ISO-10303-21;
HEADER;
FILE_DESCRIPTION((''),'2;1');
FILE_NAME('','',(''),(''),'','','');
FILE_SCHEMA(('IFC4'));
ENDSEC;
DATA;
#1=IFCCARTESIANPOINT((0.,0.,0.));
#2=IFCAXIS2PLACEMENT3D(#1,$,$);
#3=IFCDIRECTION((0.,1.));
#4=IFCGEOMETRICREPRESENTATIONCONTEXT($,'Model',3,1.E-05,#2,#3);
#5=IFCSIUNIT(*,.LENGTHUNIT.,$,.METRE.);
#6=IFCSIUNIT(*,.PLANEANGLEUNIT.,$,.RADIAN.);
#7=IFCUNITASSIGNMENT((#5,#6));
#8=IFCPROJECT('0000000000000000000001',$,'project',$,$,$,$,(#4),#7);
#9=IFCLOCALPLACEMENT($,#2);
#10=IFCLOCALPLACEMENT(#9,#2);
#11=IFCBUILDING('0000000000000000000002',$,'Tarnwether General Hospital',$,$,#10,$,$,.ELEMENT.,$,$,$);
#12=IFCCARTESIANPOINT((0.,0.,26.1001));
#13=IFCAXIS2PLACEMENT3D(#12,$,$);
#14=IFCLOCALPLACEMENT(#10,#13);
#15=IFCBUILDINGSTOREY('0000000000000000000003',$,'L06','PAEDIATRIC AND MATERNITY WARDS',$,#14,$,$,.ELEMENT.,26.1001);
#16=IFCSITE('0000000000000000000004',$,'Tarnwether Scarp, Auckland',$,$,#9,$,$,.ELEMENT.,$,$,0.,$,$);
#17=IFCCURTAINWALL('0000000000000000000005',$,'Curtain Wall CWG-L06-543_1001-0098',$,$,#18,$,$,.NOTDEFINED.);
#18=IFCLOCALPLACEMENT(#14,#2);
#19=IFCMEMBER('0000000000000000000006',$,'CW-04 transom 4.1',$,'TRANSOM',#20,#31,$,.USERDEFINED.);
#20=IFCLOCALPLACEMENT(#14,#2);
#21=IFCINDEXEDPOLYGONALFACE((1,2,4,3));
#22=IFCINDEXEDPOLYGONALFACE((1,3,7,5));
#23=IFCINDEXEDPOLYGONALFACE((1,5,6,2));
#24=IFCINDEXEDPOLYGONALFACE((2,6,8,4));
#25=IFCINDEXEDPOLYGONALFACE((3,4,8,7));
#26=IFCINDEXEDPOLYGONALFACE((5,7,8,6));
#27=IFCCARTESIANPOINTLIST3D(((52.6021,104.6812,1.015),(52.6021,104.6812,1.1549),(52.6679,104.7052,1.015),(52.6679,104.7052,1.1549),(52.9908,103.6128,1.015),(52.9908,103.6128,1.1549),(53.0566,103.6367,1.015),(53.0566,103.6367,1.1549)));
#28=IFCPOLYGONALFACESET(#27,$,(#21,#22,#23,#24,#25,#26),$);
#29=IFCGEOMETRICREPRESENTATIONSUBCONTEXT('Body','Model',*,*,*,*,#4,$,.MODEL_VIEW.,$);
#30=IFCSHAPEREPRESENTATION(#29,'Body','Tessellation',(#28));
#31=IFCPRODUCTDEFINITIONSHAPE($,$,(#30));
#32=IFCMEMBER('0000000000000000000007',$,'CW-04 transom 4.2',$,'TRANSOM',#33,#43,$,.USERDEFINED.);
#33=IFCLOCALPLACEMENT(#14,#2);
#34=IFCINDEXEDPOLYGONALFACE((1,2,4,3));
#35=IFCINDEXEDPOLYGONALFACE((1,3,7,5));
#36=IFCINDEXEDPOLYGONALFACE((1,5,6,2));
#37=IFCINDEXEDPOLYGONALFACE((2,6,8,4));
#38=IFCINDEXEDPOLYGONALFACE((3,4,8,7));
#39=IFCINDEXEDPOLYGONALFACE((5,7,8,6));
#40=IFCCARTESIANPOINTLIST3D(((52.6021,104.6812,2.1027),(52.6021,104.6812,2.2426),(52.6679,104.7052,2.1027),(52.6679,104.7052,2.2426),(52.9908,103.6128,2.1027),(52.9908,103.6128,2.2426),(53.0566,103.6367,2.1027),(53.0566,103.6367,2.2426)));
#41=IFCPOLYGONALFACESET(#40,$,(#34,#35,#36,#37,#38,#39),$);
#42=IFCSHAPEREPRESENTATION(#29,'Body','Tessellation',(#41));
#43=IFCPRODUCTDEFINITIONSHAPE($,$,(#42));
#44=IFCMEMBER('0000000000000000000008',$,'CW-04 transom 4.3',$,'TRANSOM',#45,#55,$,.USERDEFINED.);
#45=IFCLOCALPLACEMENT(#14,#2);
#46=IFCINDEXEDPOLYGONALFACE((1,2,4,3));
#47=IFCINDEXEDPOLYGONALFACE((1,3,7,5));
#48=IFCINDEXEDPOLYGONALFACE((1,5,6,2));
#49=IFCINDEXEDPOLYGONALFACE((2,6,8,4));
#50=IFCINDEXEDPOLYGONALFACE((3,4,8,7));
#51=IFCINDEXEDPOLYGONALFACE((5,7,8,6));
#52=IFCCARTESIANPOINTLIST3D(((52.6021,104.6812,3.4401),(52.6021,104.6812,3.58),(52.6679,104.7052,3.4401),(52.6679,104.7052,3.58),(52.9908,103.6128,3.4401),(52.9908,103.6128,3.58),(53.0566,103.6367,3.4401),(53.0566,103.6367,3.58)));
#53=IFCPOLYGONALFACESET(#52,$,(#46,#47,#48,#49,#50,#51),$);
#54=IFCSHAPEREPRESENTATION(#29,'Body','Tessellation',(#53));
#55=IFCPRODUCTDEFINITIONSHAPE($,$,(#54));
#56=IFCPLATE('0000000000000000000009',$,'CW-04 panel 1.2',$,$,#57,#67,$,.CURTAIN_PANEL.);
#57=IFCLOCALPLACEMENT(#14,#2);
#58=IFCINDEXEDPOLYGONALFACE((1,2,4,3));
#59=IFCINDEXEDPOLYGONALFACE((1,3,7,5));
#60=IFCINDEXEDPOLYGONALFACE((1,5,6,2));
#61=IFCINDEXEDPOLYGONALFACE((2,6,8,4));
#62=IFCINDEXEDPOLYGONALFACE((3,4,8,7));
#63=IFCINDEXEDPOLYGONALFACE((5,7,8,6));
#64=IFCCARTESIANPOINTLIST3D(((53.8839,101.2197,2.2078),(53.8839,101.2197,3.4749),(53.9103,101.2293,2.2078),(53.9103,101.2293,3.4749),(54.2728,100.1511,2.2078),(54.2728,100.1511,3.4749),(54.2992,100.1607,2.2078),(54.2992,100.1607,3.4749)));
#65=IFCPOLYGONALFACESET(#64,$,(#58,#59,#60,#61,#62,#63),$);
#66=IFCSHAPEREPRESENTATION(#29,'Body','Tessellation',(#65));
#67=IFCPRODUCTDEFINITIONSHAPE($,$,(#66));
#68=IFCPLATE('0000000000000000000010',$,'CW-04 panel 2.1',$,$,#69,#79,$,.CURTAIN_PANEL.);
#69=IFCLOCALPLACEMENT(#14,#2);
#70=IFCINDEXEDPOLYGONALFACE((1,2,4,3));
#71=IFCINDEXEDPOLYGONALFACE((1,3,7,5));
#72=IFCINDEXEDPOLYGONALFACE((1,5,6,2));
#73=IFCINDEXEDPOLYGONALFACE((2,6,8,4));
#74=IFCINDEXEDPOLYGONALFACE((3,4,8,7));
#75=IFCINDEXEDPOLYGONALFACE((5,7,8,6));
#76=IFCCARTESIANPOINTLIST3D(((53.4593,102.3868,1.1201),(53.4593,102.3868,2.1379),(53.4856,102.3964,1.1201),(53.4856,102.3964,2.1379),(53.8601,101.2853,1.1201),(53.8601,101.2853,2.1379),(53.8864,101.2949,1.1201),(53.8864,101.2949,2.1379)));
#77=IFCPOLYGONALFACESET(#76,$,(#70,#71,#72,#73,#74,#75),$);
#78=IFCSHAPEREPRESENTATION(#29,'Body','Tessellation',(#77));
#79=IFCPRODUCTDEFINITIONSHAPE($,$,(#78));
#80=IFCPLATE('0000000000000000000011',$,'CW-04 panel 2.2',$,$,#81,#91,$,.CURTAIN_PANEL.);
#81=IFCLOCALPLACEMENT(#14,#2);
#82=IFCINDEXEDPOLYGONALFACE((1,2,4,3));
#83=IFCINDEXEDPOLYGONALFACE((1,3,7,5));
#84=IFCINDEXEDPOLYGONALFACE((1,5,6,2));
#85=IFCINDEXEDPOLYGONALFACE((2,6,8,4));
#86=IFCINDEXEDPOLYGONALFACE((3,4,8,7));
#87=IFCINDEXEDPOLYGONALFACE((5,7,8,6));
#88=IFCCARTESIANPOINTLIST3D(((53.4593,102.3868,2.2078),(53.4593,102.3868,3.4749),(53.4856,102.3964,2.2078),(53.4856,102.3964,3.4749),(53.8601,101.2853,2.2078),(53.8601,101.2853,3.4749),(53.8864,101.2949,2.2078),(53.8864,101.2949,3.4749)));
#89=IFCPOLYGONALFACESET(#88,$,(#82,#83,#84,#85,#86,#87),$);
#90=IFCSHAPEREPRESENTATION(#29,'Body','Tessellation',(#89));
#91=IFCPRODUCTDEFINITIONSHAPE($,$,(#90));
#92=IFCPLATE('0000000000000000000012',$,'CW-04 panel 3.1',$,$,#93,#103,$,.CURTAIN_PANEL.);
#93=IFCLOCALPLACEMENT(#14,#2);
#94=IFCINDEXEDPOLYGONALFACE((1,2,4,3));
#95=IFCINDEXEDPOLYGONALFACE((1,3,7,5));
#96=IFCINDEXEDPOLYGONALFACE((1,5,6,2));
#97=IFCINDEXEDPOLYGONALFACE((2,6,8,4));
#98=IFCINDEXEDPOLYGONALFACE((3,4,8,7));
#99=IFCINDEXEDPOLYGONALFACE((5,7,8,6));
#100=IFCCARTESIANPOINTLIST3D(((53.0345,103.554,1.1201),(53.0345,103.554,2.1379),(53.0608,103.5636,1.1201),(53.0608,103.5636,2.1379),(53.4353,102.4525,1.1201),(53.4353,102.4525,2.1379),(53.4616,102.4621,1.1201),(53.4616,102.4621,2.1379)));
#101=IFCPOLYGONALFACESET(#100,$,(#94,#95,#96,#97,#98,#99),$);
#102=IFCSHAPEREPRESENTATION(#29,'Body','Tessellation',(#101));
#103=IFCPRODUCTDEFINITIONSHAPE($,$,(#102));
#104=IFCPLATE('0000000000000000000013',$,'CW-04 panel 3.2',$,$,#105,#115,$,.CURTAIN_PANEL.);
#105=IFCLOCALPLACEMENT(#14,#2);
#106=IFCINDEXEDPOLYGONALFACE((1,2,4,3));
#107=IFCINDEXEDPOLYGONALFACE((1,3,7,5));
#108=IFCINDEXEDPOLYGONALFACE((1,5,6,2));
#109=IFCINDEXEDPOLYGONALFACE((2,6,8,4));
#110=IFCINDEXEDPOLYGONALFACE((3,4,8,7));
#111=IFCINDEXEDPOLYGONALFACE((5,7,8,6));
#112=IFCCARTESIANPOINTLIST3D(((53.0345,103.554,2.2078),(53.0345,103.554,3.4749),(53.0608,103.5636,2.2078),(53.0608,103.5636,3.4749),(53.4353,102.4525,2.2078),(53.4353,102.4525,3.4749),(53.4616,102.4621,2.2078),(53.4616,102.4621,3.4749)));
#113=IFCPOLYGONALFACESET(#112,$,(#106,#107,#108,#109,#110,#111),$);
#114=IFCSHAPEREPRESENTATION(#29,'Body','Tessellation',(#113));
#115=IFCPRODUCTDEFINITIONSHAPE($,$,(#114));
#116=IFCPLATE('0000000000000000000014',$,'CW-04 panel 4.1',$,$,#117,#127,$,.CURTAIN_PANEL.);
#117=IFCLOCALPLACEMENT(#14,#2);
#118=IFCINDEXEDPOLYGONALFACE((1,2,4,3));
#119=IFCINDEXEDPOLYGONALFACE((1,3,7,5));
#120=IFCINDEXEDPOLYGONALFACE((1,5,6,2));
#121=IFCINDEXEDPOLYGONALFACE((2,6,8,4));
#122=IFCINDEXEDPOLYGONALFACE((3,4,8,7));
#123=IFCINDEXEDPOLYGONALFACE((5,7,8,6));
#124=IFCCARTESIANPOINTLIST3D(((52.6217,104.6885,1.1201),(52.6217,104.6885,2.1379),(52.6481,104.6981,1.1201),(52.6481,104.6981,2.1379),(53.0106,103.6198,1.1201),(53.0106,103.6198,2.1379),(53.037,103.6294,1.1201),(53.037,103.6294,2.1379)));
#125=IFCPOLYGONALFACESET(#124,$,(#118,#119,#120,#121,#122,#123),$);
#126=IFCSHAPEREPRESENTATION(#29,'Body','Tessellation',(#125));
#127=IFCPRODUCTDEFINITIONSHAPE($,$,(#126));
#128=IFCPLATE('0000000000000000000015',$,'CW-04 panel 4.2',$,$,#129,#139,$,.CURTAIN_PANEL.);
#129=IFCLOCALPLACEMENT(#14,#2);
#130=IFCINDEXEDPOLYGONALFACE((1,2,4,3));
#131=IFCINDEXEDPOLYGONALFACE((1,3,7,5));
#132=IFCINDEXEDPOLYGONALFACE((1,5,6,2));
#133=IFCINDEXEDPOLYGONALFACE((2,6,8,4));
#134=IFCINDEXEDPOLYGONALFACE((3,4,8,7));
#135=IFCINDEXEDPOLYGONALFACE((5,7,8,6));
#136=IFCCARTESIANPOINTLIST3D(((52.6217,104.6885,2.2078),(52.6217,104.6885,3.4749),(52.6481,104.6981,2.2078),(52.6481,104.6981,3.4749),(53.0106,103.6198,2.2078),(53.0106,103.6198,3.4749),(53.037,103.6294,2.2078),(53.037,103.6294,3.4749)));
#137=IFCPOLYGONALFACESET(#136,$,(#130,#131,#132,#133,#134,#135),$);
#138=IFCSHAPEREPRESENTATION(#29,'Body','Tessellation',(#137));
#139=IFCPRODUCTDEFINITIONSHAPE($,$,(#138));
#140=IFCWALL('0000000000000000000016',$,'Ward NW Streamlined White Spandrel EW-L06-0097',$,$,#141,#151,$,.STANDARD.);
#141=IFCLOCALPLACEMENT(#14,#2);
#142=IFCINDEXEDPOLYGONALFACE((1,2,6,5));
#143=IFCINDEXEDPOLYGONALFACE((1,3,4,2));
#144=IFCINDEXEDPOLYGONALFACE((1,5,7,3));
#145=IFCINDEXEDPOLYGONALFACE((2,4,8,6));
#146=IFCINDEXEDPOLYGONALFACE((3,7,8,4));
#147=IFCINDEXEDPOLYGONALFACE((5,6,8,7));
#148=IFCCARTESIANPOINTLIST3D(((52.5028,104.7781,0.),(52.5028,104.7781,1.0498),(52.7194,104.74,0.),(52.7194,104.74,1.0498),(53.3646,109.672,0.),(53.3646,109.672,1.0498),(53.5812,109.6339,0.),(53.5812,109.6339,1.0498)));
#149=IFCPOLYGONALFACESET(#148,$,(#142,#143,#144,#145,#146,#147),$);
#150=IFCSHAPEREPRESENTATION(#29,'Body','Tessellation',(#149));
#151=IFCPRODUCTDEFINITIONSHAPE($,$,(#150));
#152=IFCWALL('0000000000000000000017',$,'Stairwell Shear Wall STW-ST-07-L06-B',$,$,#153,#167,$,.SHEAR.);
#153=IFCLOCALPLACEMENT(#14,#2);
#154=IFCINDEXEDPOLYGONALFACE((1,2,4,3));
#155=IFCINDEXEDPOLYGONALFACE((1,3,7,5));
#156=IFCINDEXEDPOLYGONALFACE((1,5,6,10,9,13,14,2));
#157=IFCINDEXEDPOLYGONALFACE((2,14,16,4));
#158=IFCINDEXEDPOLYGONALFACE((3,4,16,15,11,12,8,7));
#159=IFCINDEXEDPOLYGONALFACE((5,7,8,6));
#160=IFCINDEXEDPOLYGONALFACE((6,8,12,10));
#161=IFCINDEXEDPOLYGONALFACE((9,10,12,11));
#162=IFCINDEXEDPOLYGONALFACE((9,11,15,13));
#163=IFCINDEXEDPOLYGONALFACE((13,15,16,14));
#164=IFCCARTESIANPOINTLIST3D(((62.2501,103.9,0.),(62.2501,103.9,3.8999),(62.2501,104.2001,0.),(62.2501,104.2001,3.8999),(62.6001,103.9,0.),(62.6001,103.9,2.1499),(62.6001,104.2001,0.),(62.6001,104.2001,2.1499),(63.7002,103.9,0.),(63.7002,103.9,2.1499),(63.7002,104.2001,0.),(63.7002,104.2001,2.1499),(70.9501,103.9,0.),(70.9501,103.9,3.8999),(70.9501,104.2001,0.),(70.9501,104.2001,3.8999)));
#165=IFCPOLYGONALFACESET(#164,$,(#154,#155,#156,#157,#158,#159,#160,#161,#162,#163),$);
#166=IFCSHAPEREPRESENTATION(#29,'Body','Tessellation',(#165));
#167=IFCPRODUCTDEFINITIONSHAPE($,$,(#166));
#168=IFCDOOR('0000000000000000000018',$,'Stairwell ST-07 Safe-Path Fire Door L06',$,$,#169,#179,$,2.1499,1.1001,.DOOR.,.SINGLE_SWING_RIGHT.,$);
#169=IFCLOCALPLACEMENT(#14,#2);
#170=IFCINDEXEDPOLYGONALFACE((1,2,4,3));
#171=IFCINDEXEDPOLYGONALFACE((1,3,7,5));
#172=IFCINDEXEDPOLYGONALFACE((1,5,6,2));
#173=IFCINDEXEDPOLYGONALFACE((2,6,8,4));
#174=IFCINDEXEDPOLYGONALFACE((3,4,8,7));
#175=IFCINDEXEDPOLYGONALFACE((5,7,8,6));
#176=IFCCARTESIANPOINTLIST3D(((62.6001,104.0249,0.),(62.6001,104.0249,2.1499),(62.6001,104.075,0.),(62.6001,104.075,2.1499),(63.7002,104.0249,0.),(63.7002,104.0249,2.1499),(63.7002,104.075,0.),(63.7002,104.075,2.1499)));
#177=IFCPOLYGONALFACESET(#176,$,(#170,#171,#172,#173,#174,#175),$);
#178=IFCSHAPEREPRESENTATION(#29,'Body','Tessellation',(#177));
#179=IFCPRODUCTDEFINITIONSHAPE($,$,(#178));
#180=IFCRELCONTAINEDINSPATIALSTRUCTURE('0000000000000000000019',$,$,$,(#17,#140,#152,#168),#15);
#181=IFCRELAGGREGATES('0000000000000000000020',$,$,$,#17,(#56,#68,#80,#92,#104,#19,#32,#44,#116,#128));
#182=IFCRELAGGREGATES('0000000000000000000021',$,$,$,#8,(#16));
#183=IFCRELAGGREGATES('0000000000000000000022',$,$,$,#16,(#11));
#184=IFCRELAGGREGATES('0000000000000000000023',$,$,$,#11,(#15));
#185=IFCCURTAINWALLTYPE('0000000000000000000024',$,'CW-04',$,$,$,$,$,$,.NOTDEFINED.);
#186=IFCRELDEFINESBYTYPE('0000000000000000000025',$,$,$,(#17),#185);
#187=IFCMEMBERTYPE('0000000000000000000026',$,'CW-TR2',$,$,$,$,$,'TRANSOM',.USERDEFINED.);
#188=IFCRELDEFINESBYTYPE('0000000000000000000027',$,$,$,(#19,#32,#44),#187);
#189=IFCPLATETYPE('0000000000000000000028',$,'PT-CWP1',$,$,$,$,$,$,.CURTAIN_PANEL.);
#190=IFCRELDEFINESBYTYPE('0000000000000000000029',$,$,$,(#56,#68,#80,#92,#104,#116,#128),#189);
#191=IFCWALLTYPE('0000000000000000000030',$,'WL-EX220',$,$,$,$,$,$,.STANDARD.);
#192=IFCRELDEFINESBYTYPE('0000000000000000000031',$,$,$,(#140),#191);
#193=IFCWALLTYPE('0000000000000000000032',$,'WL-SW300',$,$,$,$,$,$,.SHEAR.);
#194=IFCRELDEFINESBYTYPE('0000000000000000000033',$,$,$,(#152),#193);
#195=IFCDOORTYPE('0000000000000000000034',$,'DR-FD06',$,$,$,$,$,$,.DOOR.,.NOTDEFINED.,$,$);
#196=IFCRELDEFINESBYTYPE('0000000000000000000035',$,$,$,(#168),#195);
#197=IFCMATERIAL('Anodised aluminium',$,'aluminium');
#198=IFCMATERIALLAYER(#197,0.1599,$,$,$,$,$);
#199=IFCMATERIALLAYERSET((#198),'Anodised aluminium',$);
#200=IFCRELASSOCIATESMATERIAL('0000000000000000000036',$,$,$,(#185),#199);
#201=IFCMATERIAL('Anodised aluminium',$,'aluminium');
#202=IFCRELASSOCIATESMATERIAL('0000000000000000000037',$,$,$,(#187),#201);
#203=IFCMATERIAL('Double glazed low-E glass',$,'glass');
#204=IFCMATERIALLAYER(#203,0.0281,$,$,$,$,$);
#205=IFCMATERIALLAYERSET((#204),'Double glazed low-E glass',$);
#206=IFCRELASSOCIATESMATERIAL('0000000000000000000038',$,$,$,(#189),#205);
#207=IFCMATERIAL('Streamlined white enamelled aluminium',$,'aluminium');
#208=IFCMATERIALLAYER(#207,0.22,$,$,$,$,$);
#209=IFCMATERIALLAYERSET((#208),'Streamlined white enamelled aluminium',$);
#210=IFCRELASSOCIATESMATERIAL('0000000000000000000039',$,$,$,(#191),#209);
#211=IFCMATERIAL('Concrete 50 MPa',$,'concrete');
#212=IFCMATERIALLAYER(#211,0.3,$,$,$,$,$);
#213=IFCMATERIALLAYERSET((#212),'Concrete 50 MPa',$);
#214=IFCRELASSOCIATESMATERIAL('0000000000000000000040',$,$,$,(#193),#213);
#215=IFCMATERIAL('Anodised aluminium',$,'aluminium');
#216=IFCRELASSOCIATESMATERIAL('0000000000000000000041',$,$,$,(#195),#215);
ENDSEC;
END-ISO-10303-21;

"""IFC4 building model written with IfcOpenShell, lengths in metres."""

from ifc_helpers import new_model, si_unit, direction, frame, frame_2d, origin, origin_2d, place, context, subcontext, project, spatial, rectangle, extrude, material, layer, layer_set, material_profile, profile_set, type_object, element, fill, aggregate, save


model = new_model("IFC4")

# Units and contexts
model_context = context("Model", 3, precision=1e-05, world=origin(), true_north=direction((0.0, 1.0)))
body_context = subcontext(model_context, "Body", "Model", "MODEL_VIEW")
ifc_project = project(units=[si_unit("LENGTHUNIT", "METRE"), si_unit("PLANEANGLEUNIT", "RADIAN")], contexts=[model_context])

# Site, building, storey
site_placement = place(None, origin())
site = spatial("IfcSite", under=ifc_project, at=site_placement, Name="Tarnwether Scarp, Auckland", CompositionType="ELEMENT", RefElevation=0.0)
building_placement = place(site_placement, origin())
building = spatial("IfcBuilding", under=site, at=building_placement, Name="Tarnwether General Hospital", CompositionType="ELEMENT")
storey_placement = place(building_placement, frame((0.0, 0.0, 26.1001)))
storey = spatial("IfcBuildingStorey", under=building, at=storey_placement, Name="L06", Description="PAEDIATRIC AND MATERNITY WARDS", CompositionType="ELEMENT", Elevation=26.1001)

# Shared definitions
ifc_material_1 = material(Name="Anodised aluminium", Category="aluminium")
ifc_layer_1 = layer(ifc_material_1, 0.1599)
ifc_layer_set_1 = layer_set([ifc_layer_1], Name="Anodised aluminium")
curtain_wall_type = type_object("IfcCurtainWallType", Name="CW-04", PredefinedType="NOTDEFINED", material=ifc_layer_set_1)

# Curtain wall
curtain_wall_1_placement = place(storey_placement, origin())
curtain_wall_1 = element("IfcCurtainWall", 1, at=curtain_wall_1_placement, inside=storey, type_object=curtain_wall_type, Name="Curtain Wall CWG-L06-543_1001-0098", PredefinedType="NOTDEFINED")

# Members
ifc_material_2 = material(Name="Anodised aluminium", Category="aluminium")
ifc_material_profile_1 = material_profile(ifc_material_2, rectangle(XDim=0.0701, YDim=0.1399, at=origin_2d()), Name="ALU-TRN-70x140")
ifc_profile_set_1 = profile_set([ifc_material_profile_1], Name="Anodised aluminium")
member_type_1 = type_object("IfcMemberType", Name="CW-TR2", ElementType="TRANSOM", PredefinedType="USERDEFINED", material=ifc_profile_set_1)
member_1_placement = place(storey_placement, frame((53.0237, 103.6248, 1.085), z_axis=(-0.341881, 0.939743, 0.0), x_axis=(-0.939743, -0.341881, 0.0)))
member_1 = element("IfcMember", 2, at=member_1_placement, type_object=member_type_1, Name="CW-04 transom 4.1", ObjectType="TRANSOM", PredefinedType="USERDEFINED", context=body_context, shape_type="SweptSolid", body=[
    extrude(rectangle(XDim=0.0701, YDim=0.1399, at=origin_2d()), origin(), (0.0, 0.0, 1.0), 1.137),
])
member_2_placement = place(storey_placement, frame((53.0237, 103.6248, 2.1726), z_axis=(-0.341881, 0.939743, 0.0), x_axis=(-0.939743, -0.341881, 0.0)))
member_2 = element("IfcMember", 3, at=member_2_placement, type_object=member_type_1, Name="CW-04 transom 4.2", ObjectType="TRANSOM", PredefinedType="USERDEFINED", context=body_context, shape_type="SweptSolid", body=[
    extrude(rectangle(XDim=0.0701, YDim=0.1399, at=origin_2d()), origin(), (0.0, 0.0, 1.0), 1.137),
])
member_3_placement = place(storey_placement, frame((53.0237, 103.6248, 3.51), z_axis=(-0.341881, 0.939743, 0.0), x_axis=(-0.939743, -0.341881, 0.0)))
member_3 = element("IfcMember", 4, at=member_3_placement, type_object=member_type_1, Name="CW-04 transom 4.3", ObjectType="TRANSOM", PredefinedType="USERDEFINED", context=body_context, shape_type="SweptSolid", body=[
    extrude(rectangle(XDim=0.0701, YDim=0.1399, at=origin_2d()), origin(), (0.0, 0.0, 1.0), 1.137),
])

# Plates
ifc_material_3 = material(Name="Double glazed low-E glass", Category="glass")
ifc_layer_2 = layer(ifc_material_3, 0.0281)
ifc_layer_set_2 = layer_set([ifc_layer_2], Name="Double glazed low-E glass")
plate_type = type_object("IfcPlateType", Name="PT-CWP1", PredefinedType="CURTAIN_PANEL", material=ifc_layer_set_2)
plate_1_placement = place(storey_placement, frame((54.0916, 100.6902, 2.2078), z_axis=(0.0, 0.0, 1.0), x_axis=(-0.341953, 0.939717, 0.0)))
plate_1 = element("IfcPlate", 5, at=plate_1_placement, type_object=plate_type, Name="CW-04 panel 1.2", PredefinedType="CURTAIN_PANEL", context=body_context, shape_type="SweptSolid", body=[
    extrude(rectangle(XDim=1.1372, YDim=0.0281, at=origin_2d()), origin(), (0.0, 0.0, 1.0), 1.2671),
])
plate_2_placement = place(storey_placement, frame((53.6729, 101.8408, 1.1201), z_axis=(0.0, 0.0, 1.0), x_axis=(-0.341953, 0.939717, 0.0)))
plate_2 = element("IfcPlate", 6, at=plate_2_placement, type_object=plate_type, Name="CW-04 panel 2.1", PredefinedType="CURTAIN_PANEL", context=body_context, shape_type="SweptSolid", body=[
    extrude(rectangle(XDim=1.1721, YDim=0.0281, at=origin_2d()), origin(), (0.0, 0.0, 1.0), 1.0178),
])
plate_3_placement = place(storey_placement, frame((53.6729, 101.8408, 2.2078), z_axis=(0.0, 0.0, 1.0), x_axis=(-0.341953, 0.939717, 0.0)))
plate_3 = element("IfcPlate", 7, at=plate_3_placement, type_object=plate_type, Name="CW-04 panel 2.2", PredefinedType="CURTAIN_PANEL", context=body_context, shape_type="SweptSolid", body=[
    extrude(rectangle(XDim=1.1721, YDim=0.0281, at=origin_2d()), origin(), (0.0, 0.0, 1.0), 1.2671),
])
plate_4_placement = place(storey_placement, frame((53.248, 103.0081, 1.1201), z_axis=(0.0, 0.0, 1.0), x_axis=(-0.341953, 0.939717, 0.0)))
plate_4 = element("IfcPlate", 8, at=plate_4_placement, type_object=plate_type, Name="CW-04 panel 3.1", PredefinedType="CURTAIN_PANEL", context=body_context, shape_type="SweptSolid", body=[
    extrude(rectangle(XDim=1.1721, YDim=0.0281, at=origin_2d()), origin(), (0.0, 0.0, 1.0), 1.0178),
])
plate_5_placement = place(storey_placement, frame((53.248, 103.0081, 2.2078), z_axis=(0.0, 0.0, 1.0), x_axis=(-0.341953, 0.939717, 0.0)))
plate_5 = element("IfcPlate", 9, at=plate_5_placement, type_object=plate_type, Name="CW-04 panel 3.2", PredefinedType="CURTAIN_PANEL", context=body_context, shape_type="SweptSolid", body=[
    extrude(rectangle(XDim=1.1721, YDim=0.0281, at=origin_2d()), origin(), (0.0, 0.0, 1.0), 1.2671),
])
plate_6_placement = place(storey_placement, frame((52.8293, 104.1589, 1.1201), z_axis=(0.0, 0.0, 1.0), x_axis=(-0.341953, 0.939717, 0.0)))
plate_6 = element("IfcPlate", 10, at=plate_6_placement, type_object=plate_type, Name="CW-04 panel 4.1", PredefinedType="CURTAIN_PANEL", context=body_context, shape_type="SweptSolid", body=[
    extrude(rectangle(XDim=1.1372, YDim=0.0281, at=origin_2d()), origin(), (0.0, 0.0, 1.0), 1.0178),
])
plate_7_placement = place(storey_placement, frame((52.8293, 104.1589, 2.2078), z_axis=(0.0, 0.0, 1.0), x_axis=(-0.341953, 0.939717, 0.0)))
plate_7 = element("IfcPlate", 11, at=plate_7_placement, type_object=plate_type, Name="CW-04 panel 4.2", PredefinedType="CURTAIN_PANEL", context=body_context, shape_type="SweptSolid", body=[
    extrude(rectangle(XDim=1.1372, YDim=0.0281, at=origin_2d()), origin(), (0.0, 0.0, 1.0), 1.2671),
])
aggregate(curtain_wall_1, [plate_1, plate_2, plate_3, plate_4, plate_5, member_1, member_2, member_3, plate_6, plate_7])

# Wall
ifc_material_4 = material(Name="Streamlined white enamelled aluminium", Category="aluminium")
ifc_layer_3 = layer(ifc_material_4, 0.22)
ifc_layer_set_3 = layer_set([ifc_layer_3], Name="Streamlined white enamelled aluminium")
wall_type_1 = type_object("IfcWallType", Name="WL-EX220", PredefinedType="STANDARD", material=ifc_layer_set_3)
wall_1_placement = place(storey_placement, frame((52.6111, 104.759, 0.0), z_axis=(0.0, 0.0, 1.0), x_axis=(0.173427, 0.984847, 0.0)))
element("IfcWall", 12, at=wall_1_placement, inside=storey, type_object=wall_type_1, Name="Ward NW Streamlined White Spandrel EW-L06-0097", PredefinedType="STANDARD", context=body_context, shape_type="SweptSolid", body=[
    extrude(rectangle(XDim=4.9692, YDim=0.22, at=frame_2d((2.4846, 0.0))), origin(), (0.0, 0.0, 1.0), 1.0498),
])

# Wall, opening, door
ifc_material_5 = material(Name="Concrete 50 MPa", Category="concrete")
ifc_layer_4 = layer(ifc_material_5, 0.3)
ifc_layer_set_4 = layer_set([ifc_layer_4], Name="Concrete 50 MPa")
wall_type_2 = type_object("IfcWallType", Name="WL-SW300", PredefinedType="SHEAR", material=ifc_layer_set_4)
wall_2_placement = place(storey_placement, frame((62.25, 104.05, 0.0), z_axis=(0.0, 0.0, 1.0), x_axis=(1.0, 0.0, 0.0)))
wall_2 = element("IfcWall", 13, at=wall_2_placement, inside=storey, type_object=wall_type_2, Name="Stairwell Shear Wall STW-ST-07-L06-B", PredefinedType="SHEAR", context=body_context, shape_type="SweptSolid", body=[
    extrude(rectangle(XDim=8.7, YDim=0.3, at=frame_2d((4.3501, 0.0))), origin(), (0.0, 0.0, 1.0), 3.8999),
])
opening_placement = place(wall_2_placement, frame((0.3501, 0.0, 0.0)))
opening = element("IfcOpeningElement", 14, at=opening_placement, cuts=wall_2, PredefinedType="OPENING", context=body_context, shape_type="SweptSolid", body=[
    extrude(rectangle(XDim=1.1001, YDim=2.1499, at=frame_2d((0.55, 1.075))), frame((0.0, 0.1602, 0.0), z_axis=(0.0, -1.0, 0.0), x_axis=(1.0, 0.0, 0.0)), (0.0, 0.0, 1.0), 0.3201),
])
ifc_material_6 = material(Name="Anodised aluminium", Category="aluminium")
door_type = type_object("IfcDoorType", Name="DR-FD06", OperationType="NOTDEFINED", PredefinedType="DOOR", material=ifc_material_6)
door_placement = place(opening_placement, origin())
door = element("IfcDoor", 15, at=door_placement, inside=storey, type_object=door_type, Name="Stairwell ST-07 Safe-Path Fire Door L06", OperationType="SINGLE_SWING_RIGHT", OverallHeight=2.1499, OverallWidth=1.1001, PredefinedType="DOOR", context=body_context, shape_type="SweptSolid", body=[
    extrude(rectangle(XDim=1.1001, YDim=2.1499, at=frame_2d((0.55, 1.075))), frame((0.0, 0.0249, 0.0), z_axis=(0.0, -1.0, 0.0), x_axis=(1.0, 0.0, 0.0)), (0.0, 0.0, 1.0), 0.05),
])
fill(opening, door)

save(model, "model.ifc")
